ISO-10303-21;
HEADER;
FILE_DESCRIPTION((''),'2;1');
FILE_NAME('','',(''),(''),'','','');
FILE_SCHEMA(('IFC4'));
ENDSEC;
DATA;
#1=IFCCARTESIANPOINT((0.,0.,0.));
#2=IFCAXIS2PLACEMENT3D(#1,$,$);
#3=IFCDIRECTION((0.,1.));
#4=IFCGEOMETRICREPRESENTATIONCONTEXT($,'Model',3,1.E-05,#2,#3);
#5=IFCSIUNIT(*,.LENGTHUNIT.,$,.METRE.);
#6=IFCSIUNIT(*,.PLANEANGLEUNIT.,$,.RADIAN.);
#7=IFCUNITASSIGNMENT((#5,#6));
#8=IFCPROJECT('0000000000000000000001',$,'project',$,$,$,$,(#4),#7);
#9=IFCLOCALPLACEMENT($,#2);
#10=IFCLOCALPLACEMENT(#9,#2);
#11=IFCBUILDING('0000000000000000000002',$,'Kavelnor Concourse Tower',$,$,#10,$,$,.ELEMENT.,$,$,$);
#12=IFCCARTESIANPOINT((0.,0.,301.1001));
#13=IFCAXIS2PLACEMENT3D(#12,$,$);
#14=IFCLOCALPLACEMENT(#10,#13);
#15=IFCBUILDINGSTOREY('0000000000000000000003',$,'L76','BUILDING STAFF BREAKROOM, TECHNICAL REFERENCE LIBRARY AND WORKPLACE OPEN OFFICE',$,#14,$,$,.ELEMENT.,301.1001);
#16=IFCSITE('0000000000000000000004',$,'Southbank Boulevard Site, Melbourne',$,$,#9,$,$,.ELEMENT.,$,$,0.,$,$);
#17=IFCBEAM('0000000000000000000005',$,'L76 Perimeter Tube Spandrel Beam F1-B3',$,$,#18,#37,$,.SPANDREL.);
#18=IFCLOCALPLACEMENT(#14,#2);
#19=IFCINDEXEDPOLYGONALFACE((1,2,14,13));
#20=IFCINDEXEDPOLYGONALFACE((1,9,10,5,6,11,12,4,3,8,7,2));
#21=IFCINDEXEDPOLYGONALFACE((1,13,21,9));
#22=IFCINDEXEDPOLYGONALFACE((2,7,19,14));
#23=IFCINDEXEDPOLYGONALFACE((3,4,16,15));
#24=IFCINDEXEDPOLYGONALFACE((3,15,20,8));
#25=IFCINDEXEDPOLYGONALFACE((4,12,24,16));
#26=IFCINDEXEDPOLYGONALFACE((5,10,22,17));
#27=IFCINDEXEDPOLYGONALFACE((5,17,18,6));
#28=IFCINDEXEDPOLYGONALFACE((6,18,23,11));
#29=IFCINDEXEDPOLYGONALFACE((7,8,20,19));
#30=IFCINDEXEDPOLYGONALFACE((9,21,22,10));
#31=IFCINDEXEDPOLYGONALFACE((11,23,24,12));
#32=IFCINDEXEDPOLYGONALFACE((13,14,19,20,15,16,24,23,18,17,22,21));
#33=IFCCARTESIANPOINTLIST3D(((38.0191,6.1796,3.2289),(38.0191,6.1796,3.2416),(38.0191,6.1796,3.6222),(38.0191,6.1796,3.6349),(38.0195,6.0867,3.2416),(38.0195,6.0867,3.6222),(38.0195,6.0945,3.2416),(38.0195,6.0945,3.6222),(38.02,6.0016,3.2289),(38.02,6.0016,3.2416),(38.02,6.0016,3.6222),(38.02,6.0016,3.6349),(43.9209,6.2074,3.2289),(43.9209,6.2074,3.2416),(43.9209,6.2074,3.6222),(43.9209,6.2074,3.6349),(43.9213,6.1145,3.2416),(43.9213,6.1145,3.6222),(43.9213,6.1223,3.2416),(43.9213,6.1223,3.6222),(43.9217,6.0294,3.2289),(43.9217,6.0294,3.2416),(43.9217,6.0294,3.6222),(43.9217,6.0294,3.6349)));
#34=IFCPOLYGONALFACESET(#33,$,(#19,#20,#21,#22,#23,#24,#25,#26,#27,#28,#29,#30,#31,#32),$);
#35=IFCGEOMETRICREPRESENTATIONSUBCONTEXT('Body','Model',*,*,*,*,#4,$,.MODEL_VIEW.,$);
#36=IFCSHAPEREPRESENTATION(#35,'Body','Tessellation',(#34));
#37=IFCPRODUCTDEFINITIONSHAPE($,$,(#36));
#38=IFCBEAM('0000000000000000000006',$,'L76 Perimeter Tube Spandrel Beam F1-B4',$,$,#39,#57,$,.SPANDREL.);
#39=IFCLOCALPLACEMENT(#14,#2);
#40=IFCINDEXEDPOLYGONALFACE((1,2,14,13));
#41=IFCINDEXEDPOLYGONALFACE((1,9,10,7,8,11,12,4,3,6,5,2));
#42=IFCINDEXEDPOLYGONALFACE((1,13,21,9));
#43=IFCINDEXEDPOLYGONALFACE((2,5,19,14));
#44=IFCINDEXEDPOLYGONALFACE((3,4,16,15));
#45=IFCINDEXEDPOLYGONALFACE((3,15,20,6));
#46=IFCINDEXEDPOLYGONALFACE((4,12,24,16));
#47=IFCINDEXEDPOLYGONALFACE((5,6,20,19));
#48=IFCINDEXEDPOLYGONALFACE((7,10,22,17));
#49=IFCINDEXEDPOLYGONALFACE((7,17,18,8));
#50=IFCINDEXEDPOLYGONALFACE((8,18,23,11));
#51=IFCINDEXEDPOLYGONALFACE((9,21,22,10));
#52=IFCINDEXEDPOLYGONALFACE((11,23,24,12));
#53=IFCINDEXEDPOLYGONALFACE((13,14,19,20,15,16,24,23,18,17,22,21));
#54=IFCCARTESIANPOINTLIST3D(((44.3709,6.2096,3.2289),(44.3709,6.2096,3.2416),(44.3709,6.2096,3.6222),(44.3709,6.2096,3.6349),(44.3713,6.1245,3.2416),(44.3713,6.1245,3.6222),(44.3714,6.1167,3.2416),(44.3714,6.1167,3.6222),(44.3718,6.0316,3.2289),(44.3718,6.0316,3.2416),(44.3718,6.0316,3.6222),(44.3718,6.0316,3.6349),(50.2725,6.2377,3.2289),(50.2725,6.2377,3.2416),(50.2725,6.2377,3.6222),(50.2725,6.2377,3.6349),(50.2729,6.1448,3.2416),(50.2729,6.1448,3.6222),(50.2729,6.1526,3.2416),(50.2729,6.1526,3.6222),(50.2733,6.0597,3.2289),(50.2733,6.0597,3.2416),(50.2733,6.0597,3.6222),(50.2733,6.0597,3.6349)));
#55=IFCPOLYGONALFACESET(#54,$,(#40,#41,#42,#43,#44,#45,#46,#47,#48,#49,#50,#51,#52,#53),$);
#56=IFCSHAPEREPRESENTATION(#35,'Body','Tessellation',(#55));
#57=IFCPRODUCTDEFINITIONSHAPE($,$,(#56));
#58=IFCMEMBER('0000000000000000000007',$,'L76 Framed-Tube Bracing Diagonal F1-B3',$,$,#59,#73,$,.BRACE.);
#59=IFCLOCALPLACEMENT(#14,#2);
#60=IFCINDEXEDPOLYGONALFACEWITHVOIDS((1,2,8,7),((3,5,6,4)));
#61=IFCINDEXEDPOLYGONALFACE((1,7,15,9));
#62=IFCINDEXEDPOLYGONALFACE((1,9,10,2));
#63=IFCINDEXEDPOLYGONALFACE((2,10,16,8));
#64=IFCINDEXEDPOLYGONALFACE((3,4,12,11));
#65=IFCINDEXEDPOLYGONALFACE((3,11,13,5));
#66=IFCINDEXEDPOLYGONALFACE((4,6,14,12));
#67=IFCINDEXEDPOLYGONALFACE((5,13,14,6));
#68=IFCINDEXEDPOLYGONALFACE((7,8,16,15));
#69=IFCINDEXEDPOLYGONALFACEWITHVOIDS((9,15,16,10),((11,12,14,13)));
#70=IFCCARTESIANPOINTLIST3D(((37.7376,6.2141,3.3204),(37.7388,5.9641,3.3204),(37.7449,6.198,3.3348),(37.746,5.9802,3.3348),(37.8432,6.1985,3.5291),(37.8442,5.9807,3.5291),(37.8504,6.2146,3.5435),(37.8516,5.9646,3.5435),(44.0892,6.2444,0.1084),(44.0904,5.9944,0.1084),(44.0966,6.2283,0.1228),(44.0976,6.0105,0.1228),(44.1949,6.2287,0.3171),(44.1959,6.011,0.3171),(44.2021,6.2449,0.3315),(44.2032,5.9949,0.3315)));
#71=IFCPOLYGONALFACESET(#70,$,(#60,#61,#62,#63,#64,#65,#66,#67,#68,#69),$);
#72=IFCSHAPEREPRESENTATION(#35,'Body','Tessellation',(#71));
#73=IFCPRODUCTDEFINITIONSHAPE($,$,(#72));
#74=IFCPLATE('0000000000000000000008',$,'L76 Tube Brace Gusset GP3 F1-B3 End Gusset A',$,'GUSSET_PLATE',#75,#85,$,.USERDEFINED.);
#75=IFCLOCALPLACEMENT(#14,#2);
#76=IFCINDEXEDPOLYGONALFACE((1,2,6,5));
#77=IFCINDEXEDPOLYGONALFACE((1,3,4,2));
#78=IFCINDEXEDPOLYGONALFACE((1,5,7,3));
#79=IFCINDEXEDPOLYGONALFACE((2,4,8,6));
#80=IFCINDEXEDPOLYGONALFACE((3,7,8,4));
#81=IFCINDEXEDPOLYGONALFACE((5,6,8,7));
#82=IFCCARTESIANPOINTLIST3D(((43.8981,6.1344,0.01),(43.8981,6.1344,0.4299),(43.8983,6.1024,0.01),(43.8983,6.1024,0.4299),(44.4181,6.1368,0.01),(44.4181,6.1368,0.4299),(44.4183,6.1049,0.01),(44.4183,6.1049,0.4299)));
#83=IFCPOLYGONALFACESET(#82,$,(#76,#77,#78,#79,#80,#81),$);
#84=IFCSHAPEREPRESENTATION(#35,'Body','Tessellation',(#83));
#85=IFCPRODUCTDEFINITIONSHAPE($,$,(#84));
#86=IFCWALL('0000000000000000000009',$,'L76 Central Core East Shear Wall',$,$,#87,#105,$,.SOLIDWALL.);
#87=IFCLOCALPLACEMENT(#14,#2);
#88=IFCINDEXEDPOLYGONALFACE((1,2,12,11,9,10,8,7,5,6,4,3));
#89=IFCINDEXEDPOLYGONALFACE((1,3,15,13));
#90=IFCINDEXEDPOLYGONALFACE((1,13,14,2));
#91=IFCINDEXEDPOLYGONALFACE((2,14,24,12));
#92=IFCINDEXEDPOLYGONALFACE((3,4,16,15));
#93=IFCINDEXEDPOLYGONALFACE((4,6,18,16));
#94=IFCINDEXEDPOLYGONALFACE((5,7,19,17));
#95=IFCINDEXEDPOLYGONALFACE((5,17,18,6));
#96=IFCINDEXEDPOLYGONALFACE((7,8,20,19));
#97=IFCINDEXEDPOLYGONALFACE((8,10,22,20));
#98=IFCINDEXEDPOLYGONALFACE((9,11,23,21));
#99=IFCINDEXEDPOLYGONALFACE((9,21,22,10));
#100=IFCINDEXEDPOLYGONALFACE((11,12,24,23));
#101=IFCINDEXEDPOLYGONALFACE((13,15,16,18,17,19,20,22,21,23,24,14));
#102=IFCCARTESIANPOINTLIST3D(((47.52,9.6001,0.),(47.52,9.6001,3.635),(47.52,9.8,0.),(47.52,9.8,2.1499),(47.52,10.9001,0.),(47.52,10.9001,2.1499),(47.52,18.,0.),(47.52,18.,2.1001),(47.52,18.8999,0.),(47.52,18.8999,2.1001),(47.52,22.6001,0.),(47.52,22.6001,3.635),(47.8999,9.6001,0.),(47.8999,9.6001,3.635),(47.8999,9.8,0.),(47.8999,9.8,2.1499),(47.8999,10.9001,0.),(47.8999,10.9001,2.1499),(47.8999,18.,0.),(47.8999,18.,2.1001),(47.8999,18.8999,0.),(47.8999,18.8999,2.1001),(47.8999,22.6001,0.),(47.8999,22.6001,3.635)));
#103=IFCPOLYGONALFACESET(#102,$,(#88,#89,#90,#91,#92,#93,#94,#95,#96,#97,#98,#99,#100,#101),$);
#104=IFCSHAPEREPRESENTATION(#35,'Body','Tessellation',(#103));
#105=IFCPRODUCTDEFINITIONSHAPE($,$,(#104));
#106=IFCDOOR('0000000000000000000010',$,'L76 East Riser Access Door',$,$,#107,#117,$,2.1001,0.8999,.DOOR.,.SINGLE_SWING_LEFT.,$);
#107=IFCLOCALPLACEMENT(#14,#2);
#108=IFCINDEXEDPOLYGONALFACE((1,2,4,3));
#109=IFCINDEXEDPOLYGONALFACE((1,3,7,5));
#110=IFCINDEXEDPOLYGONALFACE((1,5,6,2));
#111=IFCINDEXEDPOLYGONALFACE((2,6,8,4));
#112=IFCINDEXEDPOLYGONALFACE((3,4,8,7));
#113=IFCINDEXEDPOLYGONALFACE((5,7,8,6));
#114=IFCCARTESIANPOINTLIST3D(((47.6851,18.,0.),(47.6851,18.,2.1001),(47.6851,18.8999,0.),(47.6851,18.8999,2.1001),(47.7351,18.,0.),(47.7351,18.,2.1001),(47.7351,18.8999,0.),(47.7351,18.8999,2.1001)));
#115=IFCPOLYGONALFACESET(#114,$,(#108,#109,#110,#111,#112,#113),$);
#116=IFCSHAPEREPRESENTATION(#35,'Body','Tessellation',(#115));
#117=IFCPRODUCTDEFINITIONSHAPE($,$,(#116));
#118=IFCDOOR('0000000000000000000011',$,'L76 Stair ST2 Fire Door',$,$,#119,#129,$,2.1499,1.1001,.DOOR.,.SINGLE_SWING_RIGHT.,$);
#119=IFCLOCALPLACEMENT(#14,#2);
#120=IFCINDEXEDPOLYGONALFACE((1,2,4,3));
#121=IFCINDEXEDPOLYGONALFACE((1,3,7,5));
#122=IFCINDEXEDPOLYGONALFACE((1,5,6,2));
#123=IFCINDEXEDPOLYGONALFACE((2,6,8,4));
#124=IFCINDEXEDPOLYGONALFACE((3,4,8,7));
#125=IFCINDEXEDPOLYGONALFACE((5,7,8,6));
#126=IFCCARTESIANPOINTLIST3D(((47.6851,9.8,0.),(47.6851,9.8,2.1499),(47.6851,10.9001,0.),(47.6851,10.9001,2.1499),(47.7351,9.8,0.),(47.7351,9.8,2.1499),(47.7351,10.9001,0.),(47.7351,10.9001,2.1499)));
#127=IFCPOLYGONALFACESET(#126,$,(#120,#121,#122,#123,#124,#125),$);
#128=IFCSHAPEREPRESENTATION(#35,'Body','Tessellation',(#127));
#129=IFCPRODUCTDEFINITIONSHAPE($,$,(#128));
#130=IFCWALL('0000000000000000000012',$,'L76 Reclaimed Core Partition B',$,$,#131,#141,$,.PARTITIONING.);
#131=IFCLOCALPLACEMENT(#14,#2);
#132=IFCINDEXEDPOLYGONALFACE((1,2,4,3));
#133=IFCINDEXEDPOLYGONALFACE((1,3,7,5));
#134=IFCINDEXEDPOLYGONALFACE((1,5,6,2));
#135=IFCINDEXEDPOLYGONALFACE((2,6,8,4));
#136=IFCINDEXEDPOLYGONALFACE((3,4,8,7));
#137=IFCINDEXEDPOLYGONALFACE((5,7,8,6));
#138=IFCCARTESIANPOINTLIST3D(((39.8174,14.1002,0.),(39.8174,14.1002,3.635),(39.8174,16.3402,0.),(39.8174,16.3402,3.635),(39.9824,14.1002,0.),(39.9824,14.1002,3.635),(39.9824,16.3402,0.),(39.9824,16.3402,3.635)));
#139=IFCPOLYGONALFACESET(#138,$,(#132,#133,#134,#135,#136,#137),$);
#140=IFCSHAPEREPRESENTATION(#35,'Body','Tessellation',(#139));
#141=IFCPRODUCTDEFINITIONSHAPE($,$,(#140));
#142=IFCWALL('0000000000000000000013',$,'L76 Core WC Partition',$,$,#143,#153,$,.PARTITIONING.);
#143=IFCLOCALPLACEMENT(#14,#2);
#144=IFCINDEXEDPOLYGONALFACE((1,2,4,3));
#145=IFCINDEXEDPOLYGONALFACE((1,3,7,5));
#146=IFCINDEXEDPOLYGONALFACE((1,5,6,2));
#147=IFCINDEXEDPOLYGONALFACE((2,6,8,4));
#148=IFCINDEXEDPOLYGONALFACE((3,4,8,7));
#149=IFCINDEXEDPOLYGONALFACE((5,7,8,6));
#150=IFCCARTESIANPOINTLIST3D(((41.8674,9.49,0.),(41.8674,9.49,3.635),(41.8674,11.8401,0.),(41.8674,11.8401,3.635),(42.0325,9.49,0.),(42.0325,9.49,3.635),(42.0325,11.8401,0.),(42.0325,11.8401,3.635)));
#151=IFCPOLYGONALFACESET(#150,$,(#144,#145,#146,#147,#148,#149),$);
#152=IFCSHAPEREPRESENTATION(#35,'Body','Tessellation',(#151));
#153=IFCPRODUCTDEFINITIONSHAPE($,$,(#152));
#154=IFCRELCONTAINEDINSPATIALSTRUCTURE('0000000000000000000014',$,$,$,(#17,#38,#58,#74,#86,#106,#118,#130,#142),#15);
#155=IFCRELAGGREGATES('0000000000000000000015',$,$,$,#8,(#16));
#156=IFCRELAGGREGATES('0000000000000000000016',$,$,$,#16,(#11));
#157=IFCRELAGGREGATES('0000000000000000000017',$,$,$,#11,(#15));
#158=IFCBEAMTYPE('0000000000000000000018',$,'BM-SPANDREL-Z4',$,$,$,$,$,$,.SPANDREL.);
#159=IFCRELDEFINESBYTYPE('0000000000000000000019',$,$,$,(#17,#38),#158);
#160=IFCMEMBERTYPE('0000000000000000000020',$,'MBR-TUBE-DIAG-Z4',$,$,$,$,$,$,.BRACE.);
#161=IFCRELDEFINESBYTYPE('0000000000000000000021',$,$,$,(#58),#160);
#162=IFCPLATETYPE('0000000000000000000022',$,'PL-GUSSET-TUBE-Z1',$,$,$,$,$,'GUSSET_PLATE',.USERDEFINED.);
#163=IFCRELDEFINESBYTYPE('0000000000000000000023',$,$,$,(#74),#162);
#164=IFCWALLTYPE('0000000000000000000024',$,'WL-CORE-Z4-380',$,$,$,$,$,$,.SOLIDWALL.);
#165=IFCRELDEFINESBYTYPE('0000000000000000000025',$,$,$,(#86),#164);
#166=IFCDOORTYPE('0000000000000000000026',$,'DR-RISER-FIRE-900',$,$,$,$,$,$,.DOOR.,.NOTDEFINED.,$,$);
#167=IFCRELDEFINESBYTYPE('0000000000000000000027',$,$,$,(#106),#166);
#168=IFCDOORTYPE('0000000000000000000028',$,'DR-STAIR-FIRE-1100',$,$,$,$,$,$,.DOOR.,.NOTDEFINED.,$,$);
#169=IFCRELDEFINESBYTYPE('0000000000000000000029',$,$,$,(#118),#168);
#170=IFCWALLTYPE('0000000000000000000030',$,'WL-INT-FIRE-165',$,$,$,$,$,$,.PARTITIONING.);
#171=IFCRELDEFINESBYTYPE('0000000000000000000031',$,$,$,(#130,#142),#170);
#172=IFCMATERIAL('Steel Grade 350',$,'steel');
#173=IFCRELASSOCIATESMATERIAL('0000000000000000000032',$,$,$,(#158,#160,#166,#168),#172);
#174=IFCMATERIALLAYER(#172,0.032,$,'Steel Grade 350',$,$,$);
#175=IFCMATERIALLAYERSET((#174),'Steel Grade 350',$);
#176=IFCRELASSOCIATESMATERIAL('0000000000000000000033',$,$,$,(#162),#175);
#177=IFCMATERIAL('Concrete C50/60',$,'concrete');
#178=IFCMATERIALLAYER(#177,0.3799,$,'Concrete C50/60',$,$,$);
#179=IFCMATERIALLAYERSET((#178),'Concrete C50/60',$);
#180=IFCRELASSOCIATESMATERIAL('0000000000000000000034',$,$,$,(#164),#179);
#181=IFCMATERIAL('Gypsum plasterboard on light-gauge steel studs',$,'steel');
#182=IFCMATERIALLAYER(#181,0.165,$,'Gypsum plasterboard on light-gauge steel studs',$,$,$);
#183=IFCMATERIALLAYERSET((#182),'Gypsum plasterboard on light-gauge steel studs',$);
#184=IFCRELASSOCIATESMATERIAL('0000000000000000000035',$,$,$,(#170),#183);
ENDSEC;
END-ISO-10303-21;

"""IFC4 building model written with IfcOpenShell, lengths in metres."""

from ifc_helpers import new_model, si_unit, direction, frame, frame_2d, origin, origin_2d, place, context, subcontext, project, spatial, rectangle, hollow_rectangle, i_section, extrude, material, layer, layer_set, material_profile, profile_set, type_object, element, fill, save


model = new_model("IFC4")

# Units and contexts
model_context = context("Model", 3, precision=1e-05, world=origin(), true_north=direction((0.0, 1.0)))
body_context = subcontext(model_context, "Body", "Model", "MODEL_VIEW")
ifc_project = project(units=[si_unit("LENGTHUNIT", "METRE"), si_unit("PLANEANGLEUNIT", "RADIAN")], contexts=[model_context])

# Site, building, storey
site_placement = place(None, origin())
site = spatial("IfcSite", under=ifc_project, at=site_placement, Name="Southbank Boulevard Site, Melbourne", CompositionType="ELEMENT", RefElevation=0.0)
building_placement = place(site_placement, origin())
building = spatial("IfcBuilding", under=site, at=building_placement, Name="Kavelnor Concourse Tower", CompositionType="ELEMENT")
storey_placement = place(building_placement, frame((0.0, 0.0, 301.1001)))
storey = spatial("IfcBuildingStorey", under=building, at=storey_placement, Name="L76", Description="BUILDING STAFF BREAKROOM, TECHNICAL REFERENCE LIBRARY AND WORKPLACE OPEN OFFICE", CompositionType="ELEMENT", Elevation=301.1001)

# Shared definitions
ifc_material_1 = material(Name="Steel Grade 350", Category="steel")

# Beams
ifc_material_profile_1 = material_profile(ifc_material_1, i_section(OverallWidth=0.178, OverallDepth=0.406, WebThickness=0.0078, FlangeThickness=0.0127, at=origin_2d()), Name="410UB59")
ifc_profile_set_1 = profile_set([ifc_material_profile_1], Name="Steel Grade 350")
beam_type_1 = type_object("IfcBeamType", Name="BM-SPANDREL-Z4", PredefinedType="SPANDREL", material=ifc_profile_set_1)
beam_1_placement = place(storey_placement, frame((38.0195, 6.0906, 3.4319), z_axis=(0.999989, 0.004716, 0.0), x_axis=(-0.004716, 0.999989, 0.0)))
element("IfcBeam", 1, at=beam_1_placement, inside=storey, type_object=beam_type_1, Name="L76 Perimeter Tube Spandrel Beam F1-B3", PredefinedType="SPANDREL", context=body_context, shape_type="SweptSolid", body=[
    extrude(i_section(OverallWidth=0.178, OverallDepth=0.406, WebThickness=0.0078, FlangeThickness=0.0127, at=origin_2d()), origin(), (0.0, 0.0, 1.0), 5.9019),
])
beam_2_placement = place(storey_placement, frame((44.3713, 6.1206, 3.4319), z_axis=(0.999989, 0.004757, 0.0), x_axis=(-0.004757, 0.999989, 0.0)))
element("IfcBeam", 2, at=beam_2_placement, inside=storey, type_object=beam_type_1, Name="L76 Perimeter Tube Spandrel Beam F1-B4", PredefinedType="SPANDREL", context=body_context, shape_type="SweptSolid", body=[
    extrude(i_section(OverallWidth=0.178, OverallDepth=0.406, WebThickness=0.0078, FlangeThickness=0.0127, at=origin_2d()), origin(), (0.0, 0.0, 1.0), 5.9016),
])

# Member
ifc_material_profile_2 = material_profile(ifc_material_1, hollow_rectangle(XDim=0.25, YDim=0.25, WallThickness=0.0161, at=origin_2d()), Name="SHS 250x250x16")
ifc_profile_set_2 = profile_set([ifc_material_profile_2], Name="Steel Grade 350")
member_type = type_object("IfcMemberType", Name="MBR-TUBE-DIAG-Z4", PredefinedType="BRACE", material=ifc_profile_set_2)
member_placement = place(storey_placement, frame((44.1462, 6.1196, 0.22), z_axis=(-0.892379, -0.004253, 0.451266), x_axis=(0.004766, -0.999989, 0.0)))
element("IfcMember", 3, at=member_placement, inside=storey, type_object=member_type, Name="L76 Framed-Tube Bracing Diagonal F1-B3", PredefinedType="BRACE", context=body_context, shape_type="SweptSolid", body=[
    extrude(hollow_rectangle(XDim=0.25, YDim=0.25, WallThickness=0.0161, at=origin_2d()), origin(), (0.0, 0.0, 1.0), 7.1177),
])

# Plate
ifc_layer_1 = layer(ifc_material_1, 0.032, Name="Steel Grade 350")
ifc_layer_set_1 = layer_set([ifc_layer_1], Name="Steel Grade 350")
plate_type = type_object("IfcPlateType", Name="PL-GUSSET-TUBE-Z1", ElementType="GUSSET_PLATE", PredefinedType="USERDEFINED", material=ifc_layer_set_1)
plate_placement = place(storey_placement, frame((44.1582, 6.1196, 0.01), z_axis=(0.0, 0.0, 1.0), x_axis=(-0.999989, -0.004712, 0.0)))
element("IfcPlate", 4, at=plate_placement, inside=storey, type_object=plate_type, Name="L76 Tube Brace Gusset GP3 F1-B3 End Gusset A", ObjectType="GUSSET_PLATE", PredefinedType="USERDEFINED", context=body_context, shape_type="SweptSolid", body=[
    extrude(rectangle(XDim=0.52, YDim=0.032, at=origin_2d()), origin(), (0.0, 0.0, 1.0), 0.4199),
])

# Wall, openings, doors
ifc_material_2 = material(Name="Concrete C50/60", Category="concrete")
ifc_layer_2 = layer(ifc_material_2, 0.3799, Name="Concrete C50/60")
ifc_layer_set_2 = layer_set([ifc_layer_2], Name="Concrete C50/60")
wall_type_1 = type_object("IfcWallType", Name="WL-CORE-Z4-380", PredefinedType="SOLIDWALL", material=ifc_layer_set_2)
wall_1_placement = place(storey_placement, frame((47.71, 9.6001, 0.0), z_axis=(0.0, 0.0, 1.0), x_axis=(0.0, 1.0, 0.0)))
wall_1 = element("IfcWall", 5, at=wall_1_placement, inside=storey, type_object=wall_type_1, Name="L76 Central Core East Shear Wall", PredefinedType="SOLIDWALL", context=body_context, shape_type="SweptSolid", body=[
    extrude(rectangle(XDim=13.0, YDim=0.3799, at=frame_2d((6.5, 0.0))), origin(), (0.0, 0.0, 1.0), 3.635),
])
opening_1_placement = place(wall_1_placement, frame((0.2, 0.0, 0.0)))
opening_1 = element("IfcOpeningElement", 6, at=opening_1_placement, cuts=wall_1, PredefinedType="OPENING", context=body_context, shape_type="SweptSolid", body=[
    extrude(rectangle(XDim=1.1001, YDim=2.1499, at=frame_2d((0.55, 1.075))), frame((0.0, 0.2, 0.0), z_axis=(0.0, -1.0, 0.0), x_axis=(1.0, 0.0, 0.0)), (0.0, 0.0, 1.0), 0.3999),
])
opening_2_placement = place(wall_1_placement, frame((8.3999, 0.0, 0.0)))
opening_2 = element("IfcOpeningElement", 7, at=opening_2_placement, cuts=wall_1, PredefinedType="OPENING", context=body_context, shape_type="SweptSolid", body=[
    extrude(rectangle(XDim=0.8999, YDim=2.1001, at=frame_2d((0.45, 1.05))), frame((0.0, 0.2, 0.0), z_axis=(0.0, -1.0, 0.0), x_axis=(1.0, 0.0, 0.0)), (0.0, 0.0, 1.0), 0.3999),
])
door_type_1 = type_object("IfcDoorType", Name="DR-RISER-FIRE-900", OperationType="NOTDEFINED", PredefinedType="DOOR", material=ifc_material_1)
door_1_placement = place(opening_2_placement, origin())
door_1 = element("IfcDoor", 8, at=door_1_placement, inside=storey, type_object=door_type_1, Name="L76 East Riser Access Door", OperationType="SINGLE_SWING_LEFT", OverallHeight=2.1001, OverallWidth=0.8999, PredefinedType="DOOR", context=body_context, shape_type="SweptSolid", body=[
    extrude(rectangle(XDim=0.8999, YDim=2.1001, at=frame_2d((0.45, 1.05))), frame((0.0, 0.0249, 0.0), z_axis=(0.0, -1.0, 0.0), x_axis=(1.0, 0.0, 0.0)), (0.0, 0.0, 1.0), 0.05),
])
fill(opening_2, door_1)
door_type_2 = type_object("IfcDoorType", Name="DR-STAIR-FIRE-1100", OperationType="NOTDEFINED", PredefinedType="DOOR", material=ifc_material_1)
door_2_placement = place(opening_1_placement, origin())
door_2 = element("IfcDoor", 9, at=door_2_placement, inside=storey, type_object=door_type_2, Name="L76 Stair ST2 Fire Door", OperationType="SINGLE_SWING_RIGHT", OverallHeight=2.1499, OverallWidth=1.1001, PredefinedType="DOOR", context=body_context, shape_type="SweptSolid", body=[
    extrude(rectangle(XDim=1.1001, YDim=2.1499, at=frame_2d((0.55, 1.075))), frame((0.0, 0.0249, 0.0), z_axis=(0.0, -1.0, 0.0), x_axis=(1.0, 0.0, 0.0)), (0.0, 0.0, 1.0), 0.05),
])
fill(opening_1, door_2)

# Walls
ifc_material_3 = material(Name="Gypsum plasterboard on light-gauge steel studs", Category="steel")
ifc_layer_3 = layer(ifc_material_3, 0.165, Name="Gypsum plasterboard on light-gauge steel studs")
ifc_layer_set_3 = layer_set([ifc_layer_3], Name="Gypsum plasterboard on light-gauge steel studs")
wall_type_2 = type_object("IfcWallType", Name="WL-INT-FIRE-165", PredefinedType="PARTITIONING", material=ifc_layer_set_3)
wall_2_placement = place(storey_placement, frame((39.8999, 14.1001, 0.0), z_axis=(0.0, 0.0, 1.0), x_axis=(0.0, 1.0, 0.0)))
element("IfcWall", 10, at=wall_2_placement, inside=storey, type_object=wall_type_2, Name="L76 Reclaimed Core Partition B", PredefinedType="PARTITIONING", context=body_context, shape_type="SweptSolid", body=[
    extrude(rectangle(XDim=2.24, YDim=0.165, at=frame_2d((1.1201, 0.0))), origin(), (0.0, 0.0, 1.0), 3.635),
])
wall_3_placement = place(storey_placement, frame((41.95, 9.49, 0.0), z_axis=(0.0, 0.0, 1.0), x_axis=(0.0, 1.0, 0.0)))
element("IfcWall", 11, at=wall_3_placement, inside=storey, type_object=wall_type_2, Name="L76 Core WC Partition", PredefinedType="PARTITIONING", context=body_context, shape_type="SweptSolid", body=[
    extrude(rectangle(XDim=2.3501, YDim=0.165, at=frame_2d((1.175, 0.0))), origin(), (0.0, 0.0, 1.0), 3.635),
])

save(model, "model.ifc")
